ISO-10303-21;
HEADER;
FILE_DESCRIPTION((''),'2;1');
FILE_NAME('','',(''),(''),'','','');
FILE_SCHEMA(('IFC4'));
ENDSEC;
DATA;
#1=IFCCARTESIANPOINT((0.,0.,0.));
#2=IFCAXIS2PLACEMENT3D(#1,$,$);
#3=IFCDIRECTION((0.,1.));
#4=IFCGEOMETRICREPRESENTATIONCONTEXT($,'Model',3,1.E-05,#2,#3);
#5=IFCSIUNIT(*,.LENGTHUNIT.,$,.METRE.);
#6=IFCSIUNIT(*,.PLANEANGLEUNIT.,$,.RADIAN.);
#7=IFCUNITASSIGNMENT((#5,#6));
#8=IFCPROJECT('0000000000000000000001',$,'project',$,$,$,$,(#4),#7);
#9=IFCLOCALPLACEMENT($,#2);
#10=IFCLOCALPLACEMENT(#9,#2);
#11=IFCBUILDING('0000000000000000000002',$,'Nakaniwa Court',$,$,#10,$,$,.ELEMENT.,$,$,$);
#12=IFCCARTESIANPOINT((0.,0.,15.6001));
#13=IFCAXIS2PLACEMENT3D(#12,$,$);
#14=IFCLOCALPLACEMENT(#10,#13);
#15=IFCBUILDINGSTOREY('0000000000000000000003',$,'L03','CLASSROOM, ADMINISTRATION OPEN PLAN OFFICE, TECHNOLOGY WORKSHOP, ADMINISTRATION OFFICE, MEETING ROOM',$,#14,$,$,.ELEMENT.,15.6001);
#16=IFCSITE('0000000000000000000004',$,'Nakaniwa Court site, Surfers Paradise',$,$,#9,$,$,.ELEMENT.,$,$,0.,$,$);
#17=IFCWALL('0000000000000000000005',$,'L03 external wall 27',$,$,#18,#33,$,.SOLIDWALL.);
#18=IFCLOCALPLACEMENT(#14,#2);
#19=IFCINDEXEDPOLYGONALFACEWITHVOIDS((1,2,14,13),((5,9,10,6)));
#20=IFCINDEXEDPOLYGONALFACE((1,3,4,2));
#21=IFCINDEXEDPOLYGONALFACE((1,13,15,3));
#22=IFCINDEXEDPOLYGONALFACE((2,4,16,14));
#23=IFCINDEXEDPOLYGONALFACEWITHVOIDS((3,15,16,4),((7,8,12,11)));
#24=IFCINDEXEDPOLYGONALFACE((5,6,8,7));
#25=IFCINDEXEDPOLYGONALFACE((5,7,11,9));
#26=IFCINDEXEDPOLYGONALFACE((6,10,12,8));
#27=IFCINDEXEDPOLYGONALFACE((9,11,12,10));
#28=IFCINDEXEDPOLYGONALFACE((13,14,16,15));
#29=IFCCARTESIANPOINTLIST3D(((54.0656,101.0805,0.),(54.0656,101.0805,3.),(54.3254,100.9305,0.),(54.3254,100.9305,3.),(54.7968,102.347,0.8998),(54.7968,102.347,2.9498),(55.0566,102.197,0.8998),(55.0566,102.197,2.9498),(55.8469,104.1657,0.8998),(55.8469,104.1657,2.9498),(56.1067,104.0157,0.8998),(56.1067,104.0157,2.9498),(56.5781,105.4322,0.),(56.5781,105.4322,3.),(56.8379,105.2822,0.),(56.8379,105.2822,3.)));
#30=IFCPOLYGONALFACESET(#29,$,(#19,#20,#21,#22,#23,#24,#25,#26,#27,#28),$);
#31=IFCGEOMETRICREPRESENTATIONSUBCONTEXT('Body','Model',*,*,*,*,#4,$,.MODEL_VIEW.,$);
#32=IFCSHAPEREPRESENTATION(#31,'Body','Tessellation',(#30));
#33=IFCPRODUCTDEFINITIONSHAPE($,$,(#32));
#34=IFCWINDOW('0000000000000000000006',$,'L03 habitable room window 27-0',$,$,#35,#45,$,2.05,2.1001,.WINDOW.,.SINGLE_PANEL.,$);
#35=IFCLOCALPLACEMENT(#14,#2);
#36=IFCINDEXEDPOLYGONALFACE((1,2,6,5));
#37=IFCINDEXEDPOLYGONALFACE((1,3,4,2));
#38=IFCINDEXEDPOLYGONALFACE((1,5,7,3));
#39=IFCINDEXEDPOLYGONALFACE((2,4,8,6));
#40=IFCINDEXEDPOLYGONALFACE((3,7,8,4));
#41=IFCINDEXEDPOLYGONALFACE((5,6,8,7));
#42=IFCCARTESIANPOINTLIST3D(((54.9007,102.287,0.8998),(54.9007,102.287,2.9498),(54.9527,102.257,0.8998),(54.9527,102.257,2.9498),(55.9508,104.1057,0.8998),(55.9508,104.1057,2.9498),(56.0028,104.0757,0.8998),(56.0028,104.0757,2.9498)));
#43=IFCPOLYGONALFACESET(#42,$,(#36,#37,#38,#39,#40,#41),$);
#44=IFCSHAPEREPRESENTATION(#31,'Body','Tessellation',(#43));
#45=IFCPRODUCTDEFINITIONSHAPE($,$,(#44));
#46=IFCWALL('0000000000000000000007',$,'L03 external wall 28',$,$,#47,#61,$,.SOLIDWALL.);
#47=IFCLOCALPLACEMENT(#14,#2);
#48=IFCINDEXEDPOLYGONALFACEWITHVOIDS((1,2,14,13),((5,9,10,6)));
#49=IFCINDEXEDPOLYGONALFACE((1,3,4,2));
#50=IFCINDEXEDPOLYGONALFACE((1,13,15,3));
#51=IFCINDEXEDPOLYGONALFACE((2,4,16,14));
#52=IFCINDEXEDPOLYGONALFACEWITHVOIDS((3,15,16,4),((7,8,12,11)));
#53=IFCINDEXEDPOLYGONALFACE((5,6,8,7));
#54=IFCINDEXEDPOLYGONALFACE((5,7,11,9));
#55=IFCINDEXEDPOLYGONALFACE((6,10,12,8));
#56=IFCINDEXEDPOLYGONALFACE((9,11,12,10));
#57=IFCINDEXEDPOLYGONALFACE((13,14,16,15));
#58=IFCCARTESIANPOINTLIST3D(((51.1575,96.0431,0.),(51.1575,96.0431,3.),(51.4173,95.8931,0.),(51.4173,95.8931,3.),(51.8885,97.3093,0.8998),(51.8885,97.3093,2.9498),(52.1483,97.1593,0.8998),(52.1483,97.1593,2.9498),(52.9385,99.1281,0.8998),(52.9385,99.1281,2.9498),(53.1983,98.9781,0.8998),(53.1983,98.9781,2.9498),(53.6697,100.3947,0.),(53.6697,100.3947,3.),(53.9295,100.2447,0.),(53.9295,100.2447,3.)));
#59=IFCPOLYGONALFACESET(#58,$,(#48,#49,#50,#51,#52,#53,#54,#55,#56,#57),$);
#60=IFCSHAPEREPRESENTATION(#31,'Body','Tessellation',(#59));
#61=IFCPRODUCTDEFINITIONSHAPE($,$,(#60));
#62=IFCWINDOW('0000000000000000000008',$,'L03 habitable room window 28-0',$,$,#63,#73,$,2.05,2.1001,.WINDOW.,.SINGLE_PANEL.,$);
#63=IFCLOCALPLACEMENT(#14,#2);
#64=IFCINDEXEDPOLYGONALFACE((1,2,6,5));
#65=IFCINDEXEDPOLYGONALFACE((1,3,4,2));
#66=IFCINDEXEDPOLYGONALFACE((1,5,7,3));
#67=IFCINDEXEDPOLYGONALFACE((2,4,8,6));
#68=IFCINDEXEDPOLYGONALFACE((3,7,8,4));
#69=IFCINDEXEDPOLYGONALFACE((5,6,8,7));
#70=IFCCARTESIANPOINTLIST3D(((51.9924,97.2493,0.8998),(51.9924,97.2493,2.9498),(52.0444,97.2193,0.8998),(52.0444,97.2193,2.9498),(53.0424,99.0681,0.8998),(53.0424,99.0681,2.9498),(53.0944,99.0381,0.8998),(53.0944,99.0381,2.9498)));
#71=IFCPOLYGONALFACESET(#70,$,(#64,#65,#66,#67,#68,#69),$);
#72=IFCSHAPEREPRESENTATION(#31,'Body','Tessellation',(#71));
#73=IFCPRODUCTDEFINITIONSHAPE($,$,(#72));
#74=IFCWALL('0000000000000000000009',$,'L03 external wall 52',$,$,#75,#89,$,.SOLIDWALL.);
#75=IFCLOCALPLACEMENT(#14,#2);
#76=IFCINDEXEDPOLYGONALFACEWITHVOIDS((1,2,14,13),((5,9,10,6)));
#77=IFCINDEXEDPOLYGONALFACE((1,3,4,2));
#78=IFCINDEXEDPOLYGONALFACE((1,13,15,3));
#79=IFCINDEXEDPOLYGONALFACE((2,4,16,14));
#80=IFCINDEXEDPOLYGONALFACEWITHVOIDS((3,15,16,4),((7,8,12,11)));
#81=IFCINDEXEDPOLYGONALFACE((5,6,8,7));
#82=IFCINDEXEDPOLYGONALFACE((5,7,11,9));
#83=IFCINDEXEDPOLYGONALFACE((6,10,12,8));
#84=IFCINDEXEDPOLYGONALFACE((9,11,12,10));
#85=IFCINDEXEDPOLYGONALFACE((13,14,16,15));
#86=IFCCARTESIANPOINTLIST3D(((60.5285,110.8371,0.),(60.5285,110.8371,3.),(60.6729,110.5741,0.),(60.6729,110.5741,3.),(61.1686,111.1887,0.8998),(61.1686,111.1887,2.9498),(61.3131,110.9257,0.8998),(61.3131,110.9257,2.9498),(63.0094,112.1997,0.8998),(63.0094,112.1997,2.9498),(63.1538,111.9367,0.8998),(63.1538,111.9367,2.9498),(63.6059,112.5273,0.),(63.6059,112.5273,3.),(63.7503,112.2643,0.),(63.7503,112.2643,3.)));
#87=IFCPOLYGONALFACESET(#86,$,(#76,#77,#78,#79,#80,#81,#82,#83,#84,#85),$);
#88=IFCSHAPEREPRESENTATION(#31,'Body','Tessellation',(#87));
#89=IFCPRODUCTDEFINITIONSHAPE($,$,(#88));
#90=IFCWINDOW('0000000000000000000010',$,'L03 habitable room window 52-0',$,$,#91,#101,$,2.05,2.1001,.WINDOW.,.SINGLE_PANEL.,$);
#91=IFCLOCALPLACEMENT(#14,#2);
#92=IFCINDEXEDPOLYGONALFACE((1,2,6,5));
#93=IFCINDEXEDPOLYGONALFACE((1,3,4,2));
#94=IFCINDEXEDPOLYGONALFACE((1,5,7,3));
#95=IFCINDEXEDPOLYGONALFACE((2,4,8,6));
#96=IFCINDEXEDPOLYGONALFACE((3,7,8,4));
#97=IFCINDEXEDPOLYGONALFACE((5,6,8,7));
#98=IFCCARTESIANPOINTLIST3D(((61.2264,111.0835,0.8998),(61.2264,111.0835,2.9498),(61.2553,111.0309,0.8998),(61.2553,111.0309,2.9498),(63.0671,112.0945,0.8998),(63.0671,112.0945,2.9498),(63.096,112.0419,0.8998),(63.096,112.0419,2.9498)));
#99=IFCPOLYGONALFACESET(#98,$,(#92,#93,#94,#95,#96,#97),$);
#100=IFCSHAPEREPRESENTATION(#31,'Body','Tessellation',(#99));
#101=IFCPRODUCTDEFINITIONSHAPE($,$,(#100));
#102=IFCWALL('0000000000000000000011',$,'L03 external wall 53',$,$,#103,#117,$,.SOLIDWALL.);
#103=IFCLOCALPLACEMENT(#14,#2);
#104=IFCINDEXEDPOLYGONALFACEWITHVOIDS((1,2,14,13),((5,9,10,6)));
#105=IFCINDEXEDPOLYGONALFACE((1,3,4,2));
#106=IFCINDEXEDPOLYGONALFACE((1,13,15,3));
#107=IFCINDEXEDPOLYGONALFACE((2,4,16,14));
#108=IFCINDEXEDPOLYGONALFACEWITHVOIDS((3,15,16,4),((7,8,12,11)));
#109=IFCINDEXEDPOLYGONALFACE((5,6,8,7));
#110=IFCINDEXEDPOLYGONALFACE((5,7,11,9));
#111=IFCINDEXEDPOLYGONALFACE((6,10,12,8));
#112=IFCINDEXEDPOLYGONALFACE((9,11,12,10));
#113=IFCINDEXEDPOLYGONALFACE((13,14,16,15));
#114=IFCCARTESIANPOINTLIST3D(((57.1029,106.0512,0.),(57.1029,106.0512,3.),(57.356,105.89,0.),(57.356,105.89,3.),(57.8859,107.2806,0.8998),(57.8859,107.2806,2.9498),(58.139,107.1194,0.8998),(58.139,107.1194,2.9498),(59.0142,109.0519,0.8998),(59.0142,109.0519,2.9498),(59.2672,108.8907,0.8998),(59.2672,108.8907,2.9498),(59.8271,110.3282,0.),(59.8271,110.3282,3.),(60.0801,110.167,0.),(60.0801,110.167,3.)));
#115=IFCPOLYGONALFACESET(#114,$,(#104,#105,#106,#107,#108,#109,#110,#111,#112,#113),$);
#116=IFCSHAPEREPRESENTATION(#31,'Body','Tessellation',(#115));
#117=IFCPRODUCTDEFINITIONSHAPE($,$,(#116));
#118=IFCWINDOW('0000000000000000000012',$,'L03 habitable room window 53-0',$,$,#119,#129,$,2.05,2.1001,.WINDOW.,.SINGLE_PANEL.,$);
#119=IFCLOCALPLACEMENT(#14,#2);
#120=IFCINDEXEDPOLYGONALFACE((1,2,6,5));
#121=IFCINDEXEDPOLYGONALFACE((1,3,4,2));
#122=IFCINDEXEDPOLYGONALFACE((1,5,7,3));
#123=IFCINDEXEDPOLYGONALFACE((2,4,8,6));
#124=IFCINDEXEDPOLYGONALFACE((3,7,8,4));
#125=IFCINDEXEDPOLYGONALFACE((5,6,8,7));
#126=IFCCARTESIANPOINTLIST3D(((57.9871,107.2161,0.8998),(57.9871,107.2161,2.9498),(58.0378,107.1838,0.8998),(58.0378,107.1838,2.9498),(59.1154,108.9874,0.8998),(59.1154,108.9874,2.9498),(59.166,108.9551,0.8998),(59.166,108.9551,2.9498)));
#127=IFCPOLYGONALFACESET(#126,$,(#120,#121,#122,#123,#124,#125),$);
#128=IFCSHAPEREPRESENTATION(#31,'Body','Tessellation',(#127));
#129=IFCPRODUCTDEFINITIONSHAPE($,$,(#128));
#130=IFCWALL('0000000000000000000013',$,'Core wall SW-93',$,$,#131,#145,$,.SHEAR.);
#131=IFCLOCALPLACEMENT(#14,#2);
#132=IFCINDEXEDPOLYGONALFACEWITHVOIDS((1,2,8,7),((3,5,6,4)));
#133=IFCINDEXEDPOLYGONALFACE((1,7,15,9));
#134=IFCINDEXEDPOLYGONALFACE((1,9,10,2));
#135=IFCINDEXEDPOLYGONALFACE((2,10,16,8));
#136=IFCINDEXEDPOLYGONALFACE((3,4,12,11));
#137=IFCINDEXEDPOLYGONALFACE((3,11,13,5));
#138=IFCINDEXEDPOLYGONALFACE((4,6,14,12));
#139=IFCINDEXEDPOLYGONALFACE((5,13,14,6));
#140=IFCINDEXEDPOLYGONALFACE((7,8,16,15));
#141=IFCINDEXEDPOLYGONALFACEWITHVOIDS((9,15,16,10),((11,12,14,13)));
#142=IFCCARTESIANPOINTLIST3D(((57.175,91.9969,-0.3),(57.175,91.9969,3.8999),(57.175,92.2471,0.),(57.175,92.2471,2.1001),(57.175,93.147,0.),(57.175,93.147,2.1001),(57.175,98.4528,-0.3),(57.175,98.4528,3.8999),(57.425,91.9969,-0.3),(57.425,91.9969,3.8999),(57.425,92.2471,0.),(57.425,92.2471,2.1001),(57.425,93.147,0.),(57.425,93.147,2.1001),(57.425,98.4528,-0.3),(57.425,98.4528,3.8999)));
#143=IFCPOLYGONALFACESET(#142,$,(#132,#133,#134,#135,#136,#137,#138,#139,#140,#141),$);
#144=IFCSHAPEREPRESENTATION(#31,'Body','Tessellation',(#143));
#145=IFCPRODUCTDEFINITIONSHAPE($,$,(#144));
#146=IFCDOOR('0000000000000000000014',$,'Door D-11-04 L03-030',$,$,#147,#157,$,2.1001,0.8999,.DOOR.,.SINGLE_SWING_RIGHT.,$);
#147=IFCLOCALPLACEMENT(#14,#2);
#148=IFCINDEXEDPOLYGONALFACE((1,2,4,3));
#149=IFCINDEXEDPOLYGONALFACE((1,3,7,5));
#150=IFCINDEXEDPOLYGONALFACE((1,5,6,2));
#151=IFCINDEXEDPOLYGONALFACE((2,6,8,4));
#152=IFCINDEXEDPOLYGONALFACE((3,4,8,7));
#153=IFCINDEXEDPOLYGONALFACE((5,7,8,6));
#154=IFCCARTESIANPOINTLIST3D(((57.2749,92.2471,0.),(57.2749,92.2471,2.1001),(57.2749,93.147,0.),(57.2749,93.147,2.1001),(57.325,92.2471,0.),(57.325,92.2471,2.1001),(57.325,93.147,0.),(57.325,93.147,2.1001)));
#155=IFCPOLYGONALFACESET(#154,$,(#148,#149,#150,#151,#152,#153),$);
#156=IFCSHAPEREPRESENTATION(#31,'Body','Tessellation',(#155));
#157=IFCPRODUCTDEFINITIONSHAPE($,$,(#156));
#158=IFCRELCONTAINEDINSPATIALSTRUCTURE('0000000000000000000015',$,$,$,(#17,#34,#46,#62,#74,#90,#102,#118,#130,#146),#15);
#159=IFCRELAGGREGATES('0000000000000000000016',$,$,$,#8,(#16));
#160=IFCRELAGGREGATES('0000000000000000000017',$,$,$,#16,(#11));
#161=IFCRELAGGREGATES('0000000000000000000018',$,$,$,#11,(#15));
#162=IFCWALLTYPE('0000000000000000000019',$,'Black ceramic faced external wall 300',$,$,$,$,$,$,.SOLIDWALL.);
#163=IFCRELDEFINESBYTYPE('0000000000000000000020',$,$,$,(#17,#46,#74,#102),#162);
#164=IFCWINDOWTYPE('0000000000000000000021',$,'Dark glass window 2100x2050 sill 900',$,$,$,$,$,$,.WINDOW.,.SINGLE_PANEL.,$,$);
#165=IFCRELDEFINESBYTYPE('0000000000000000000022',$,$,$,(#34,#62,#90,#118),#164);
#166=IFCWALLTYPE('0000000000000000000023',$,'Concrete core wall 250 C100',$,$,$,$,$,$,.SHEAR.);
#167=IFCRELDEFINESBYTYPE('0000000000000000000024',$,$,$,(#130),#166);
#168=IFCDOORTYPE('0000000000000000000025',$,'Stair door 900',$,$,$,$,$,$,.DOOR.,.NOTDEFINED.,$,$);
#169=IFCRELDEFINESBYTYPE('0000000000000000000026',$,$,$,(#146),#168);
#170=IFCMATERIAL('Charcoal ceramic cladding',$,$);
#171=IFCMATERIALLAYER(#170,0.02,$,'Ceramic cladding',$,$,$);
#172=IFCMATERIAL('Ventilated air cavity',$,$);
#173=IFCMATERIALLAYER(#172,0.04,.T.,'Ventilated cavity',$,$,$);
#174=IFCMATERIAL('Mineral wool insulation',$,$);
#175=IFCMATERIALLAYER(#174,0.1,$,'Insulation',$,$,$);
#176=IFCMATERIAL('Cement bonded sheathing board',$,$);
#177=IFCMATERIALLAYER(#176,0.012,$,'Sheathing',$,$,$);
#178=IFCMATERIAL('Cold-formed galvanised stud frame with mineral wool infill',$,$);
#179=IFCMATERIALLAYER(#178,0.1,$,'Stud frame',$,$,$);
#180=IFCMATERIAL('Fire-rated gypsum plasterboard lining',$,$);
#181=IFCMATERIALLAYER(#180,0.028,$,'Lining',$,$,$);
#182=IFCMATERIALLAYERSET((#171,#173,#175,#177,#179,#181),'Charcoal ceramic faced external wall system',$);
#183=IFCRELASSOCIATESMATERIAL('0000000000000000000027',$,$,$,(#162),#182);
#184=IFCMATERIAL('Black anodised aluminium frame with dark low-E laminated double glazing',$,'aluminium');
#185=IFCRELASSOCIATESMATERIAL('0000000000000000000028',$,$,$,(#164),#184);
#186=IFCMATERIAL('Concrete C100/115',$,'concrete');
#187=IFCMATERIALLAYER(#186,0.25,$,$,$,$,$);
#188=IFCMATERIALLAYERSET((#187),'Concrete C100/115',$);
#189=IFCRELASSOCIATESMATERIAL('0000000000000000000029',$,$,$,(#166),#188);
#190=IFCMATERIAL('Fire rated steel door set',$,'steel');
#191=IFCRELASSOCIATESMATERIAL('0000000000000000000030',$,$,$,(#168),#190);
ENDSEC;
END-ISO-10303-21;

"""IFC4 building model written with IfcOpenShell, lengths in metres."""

from ifc_helpers import new_model, si_unit, direction, frame, frame_2d, origin, place, context, subcontext, project, spatial, rectangle, extrude, material, layer, layer_set, type_object, element, fill, save


model = new_model("IFC4")

# Units and contexts
model_context = context("Model", 3, precision=1e-05, world=origin(), true_north=direction((0.0, 1.0)))
body_context = subcontext(model_context, "Body", "Model", "MODEL_VIEW")
ifc_project = project(units=[si_unit("LENGTHUNIT", "METRE"), si_unit("PLANEANGLEUNIT", "RADIAN")], contexts=[model_context])

# Site, building, storey
site_placement = place(None, origin())
site = spatial("IfcSite", under=ifc_project, at=site_placement, Name="Nakaniwa Court site, Surfers Paradise", CompositionType="ELEMENT", RefElevation=0.0)
building_placement = place(site_placement, origin())
building = spatial("IfcBuilding", under=site, at=building_placement, Name="Nakaniwa Court", CompositionType="ELEMENT")
storey_placement = place(building_placement, frame((0.0, 0.0, 15.6001)))
storey = spatial("IfcBuildingStorey", under=building, at=storey_placement, Name="L03", Description="CLASSROOM, ADMINISTRATION OPEN PLAN OFFICE, TECHNOLOGY WORKSHOP, ADMINISTRATION OFFICE, MEETING ROOM", CompositionType="ELEMENT", Elevation=15.6001)

# Shared definitions
ifc_material_1 = material(Name="Concrete C100/115", Category="concrete")

# Walls, openings, windows
ifc_material_2 = material(Name="Charcoal ceramic cladding")
ifc_layer_1 = layer(ifc_material_2, 0.02, Name="Ceramic cladding")
ifc_material_3 = material(Name="Ventilated air cavity")
ifc_layer_2 = layer(ifc_material_3, 0.04, ventilated=True, Name="Ventilated cavity")
ifc_material_4 = material(Name="Mineral wool insulation")
ifc_layer_3 = layer(ifc_material_4, 0.1, Name="Insulation")
ifc_material_5 = material(Name="Cement bonded sheathing board")
ifc_layer_4 = layer(ifc_material_5, 0.012, Name="Sheathing")
ifc_material_6 = material(Name="Cold-formed galvanised stud frame with mineral wool infill")
ifc_layer_5 = layer(ifc_material_6, 0.1, Name="Stud frame")
ifc_material_7 = material(Name="Fire-rated gypsum plasterboard lining")
ifc_layer_6 = layer(ifc_material_7, 0.028, Name="Lining")
ifc_layer_set_1 = layer_set([ifc_layer_1, ifc_layer_2, ifc_layer_3, ifc_layer_4, ifc_layer_5, ifc_layer_6], Name="Charcoal ceramic faced external wall system")
wall_type_1 = type_object("IfcWallType", Name="Black ceramic faced external wall 300", PredefinedType="SOLIDWALL", material=ifc_layer_set_1)
wall_1_placement = place(storey_placement, frame((56.708, 105.3572, 0.0), z_axis=(0.0, 0.0, 1.0), x_axis=(-0.500011, -0.866019, 0.0)))
wall_1 = element("IfcWall", 1, at=wall_1_placement, inside=storey, type_object=wall_type_1, Name="L03 external wall 27", PredefinedType="SOLIDWALL", context=body_context, shape_type="SweptSolid", body=[
    extrude(rectangle(XDim=5.0249, YDim=0.3, at=frame_2d((2.5125, 0.0))), origin(), (0.0, 0.0, 1.0), 3.0),
])
opening_1_placement = place(wall_1_placement, frame((1.4624, 0.0, 0.8999)))
opening_1 = element("IfcOpeningElement", 2, at=opening_1_placement, cuts=wall_1, PredefinedType="OPENING", context=body_context, shape_type="SweptSolid", body=[
    extrude(rectangle(XDim=2.1001, YDim=2.05, at=frame_2d((1.05, 1.0249))), frame((0.0, 0.1599, 0.0), z_axis=(0.0, -1.0, 0.0), x_axis=(1.0, 0.0, 0.0)), (0.0, 0.0, 1.0), 0.3201),
])
ifc_material_8 = material(Name="Black anodised aluminium frame with dark low-E laminated double glazing", Category="aluminium")
window_type = type_object("IfcWindowType", Name="Dark glass window 2100x2050 sill 900", PartitioningType="SINGLE_PANEL", PredefinedType="WINDOW", material=ifc_material_8)
window_1_placement = place(opening_1_placement, origin())
window_1 = element("IfcWindow", 3, at=window_1_placement, inside=storey, type_object=window_type, Name="L03 habitable room window 27-0", OverallHeight=2.05, OverallWidth=2.1001, PartitioningType="SINGLE_PANEL", PredefinedType="WINDOW", context=body_context, shape_type="SweptSolid", body=[
    extrude(rectangle(XDim=2.1001, YDim=2.05, at=frame_2d((1.05, 1.0249))), frame((0.0, 0.03, 0.0), z_axis=(0.0, -1.0, 0.0), x_axis=(1.0, 0.0, 0.0)), (0.0, 0.0, 1.0), 0.0601),
])
fill(opening_1, window_1)
wall_2_placement = place(storey_placement, frame((53.7996, 100.3196, 0.0), z_axis=(0.0, 0.0, 1.0), x_axis=(-0.499975, -0.86604, 0.0)))
wall_2 = element("IfcWall", 4, at=wall_2_placement, inside=storey, type_object=wall_type_1, Name="L03 external wall 28", PredefinedType="SOLIDWALL", context=body_context, shape_type="SweptSolid", body=[
    extrude(rectangle(XDim=5.0247, YDim=0.3, at=frame_2d((2.5122, 0.0))), origin(), (0.0, 0.0, 1.0), 3.0),
])
opening_2_placement = place(wall_2_placement, frame((1.4624, 0.0, 0.8999)))
opening_2 = element("IfcOpeningElement", 5, at=opening_2_placement, cuts=wall_2, PredefinedType="OPENING", context=body_context, shape_type="SweptSolid", body=[
    extrude(rectangle(XDim=2.1001, YDim=2.05, at=frame_2d((1.05, 1.0249))), frame((0.0, 0.1599, 0.0), z_axis=(0.0, -1.0, 0.0), x_axis=(1.0, 0.0, 0.0)), (0.0, 0.0, 1.0), 0.3201),
])
window_2_placement = place(opening_2_placement, origin())
window_2 = element("IfcWindow", 6, at=window_2_placement, inside=storey, type_object=window_type, Name="L03 habitable room window 28-0", OverallHeight=2.05, OverallWidth=2.1001, PartitioningType="SINGLE_PANEL", PredefinedType="WINDOW", context=body_context, shape_type="SweptSolid", body=[
    extrude(rectangle(XDim=2.1001, YDim=2.05, at=frame_2d((1.05, 1.0249))), frame((0.0, 0.03, 0.0), z_axis=(0.0, -1.0, 0.0), x_axis=(1.0, 0.0, 0.0)), (0.0, 0.0, 1.0), 0.0601),
])
fill(opening_2, window_2)
wall_3_placement = place(storey_placement, frame((63.678, 112.3958, 0.0), z_axis=(0.0, 0.0, 1.0), x_axis=(-0.876502, -0.481398, 0.0)))
wall_3 = element("IfcWall", 7, at=wall_3_placement, inside=storey, type_object=wall_type_1, Name="L03 external wall 52", PredefinedType="SOLIDWALL", context=body_context, shape_type="SweptSolid", body=[
    extrude(rectangle(XDim=3.511, YDim=0.3, at=frame_2d((1.7554, 0.0))), origin(), (0.0, 0.0, 1.0), 3.0),
])
opening_3_placement = place(wall_3_placement, frame((0.6804, 0.0, 0.8999)))
opening_3 = element("IfcOpeningElement", 8, at=opening_3_placement, cuts=wall_3, PredefinedType="OPENING", context=body_context, shape_type="SweptSolid", body=[
    extrude(rectangle(XDim=2.1001, YDim=2.05, at=frame_2d((1.05, 1.0249))), frame((0.0, 0.1599, 0.0), z_axis=(0.0, -1.0, 0.0), x_axis=(1.0, 0.0, 0.0)), (0.0, 0.0, 1.0), 0.3201),
])
window_3_placement = place(opening_3_placement, origin())
window_3 = element("IfcWindow", 9, at=window_3_placement, inside=storey, type_object=window_type, Name="L03 habitable room window 52-0", OverallHeight=2.05, OverallWidth=2.1001, PartitioningType="SINGLE_PANEL", PredefinedType="WINDOW", context=body_context, shape_type="SweptSolid", body=[
    extrude(rectangle(XDim=2.1001, YDim=2.05, at=frame_2d((1.05, 1.0249))), frame((0.0, 0.03, 0.0), z_axis=(0.0, -1.0, 0.0), x_axis=(1.0, 0.0, 0.0)), (0.0, 0.0, 1.0), 0.0601),
])
fill(opening_3, window_3)
wall_4_placement = place(storey_placement, frame((59.9536, 110.2476, 0.0), z_axis=(0.0, 0.0, 1.0), x_axis=(-0.537224, -0.843439, 0.0)))
wall_4 = element("IfcWall", 10, at=wall_4_placement, inside=storey, type_object=wall_type_1, Name="L03 external wall 53", PredefinedType="SOLIDWALL", context=body_context, shape_type="SweptSolid", body=[
    extrude(rectangle(XDim=5.0708, YDim=0.3, at=frame_2d((2.5354, 0.0))), origin(), (0.0, 0.0, 1.0), 3.0),
])
opening_4_placement = place(wall_4_placement, frame((1.5132, 0.0, 0.8999)))
opening_4 = element("IfcOpeningElement", 11, at=opening_4_placement, cuts=wall_4, PredefinedType="OPENING", context=body_context, shape_type="SweptSolid", body=[
    extrude(rectangle(XDim=2.1001, YDim=2.05, at=frame_2d((1.05, 1.0249))), frame((0.0, 0.1599, 0.0), z_axis=(0.0, -1.0, 0.0), x_axis=(1.0, 0.0, 0.0)), (0.0, 0.0, 1.0), 0.3201),
])
window_4_placement = place(opening_4_placement, origin())
window_4 = element("IfcWindow", 12, at=window_4_placement, inside=storey, type_object=window_type, Name="L03 habitable room window 53-0", OverallHeight=2.05, OverallWidth=2.1001, PartitioningType="SINGLE_PANEL", PredefinedType="WINDOW", context=body_context, shape_type="SweptSolid", body=[
    extrude(rectangle(XDim=2.1001, YDim=2.05, at=frame_2d((1.05, 1.0249))), frame((0.0, 0.03, 0.0), z_axis=(0.0, -1.0, 0.0), x_axis=(1.0, 0.0, 0.0)), (0.0, 0.0, 1.0), 0.0601),
])
fill(opening_4, window_4)

# Wall, opening, door
ifc_layer_7 = layer(ifc_material_1, 0.25)
ifc_layer_set_2 = layer_set([ifc_layer_7], Name="Concrete C100/115")
wall_type_2 = type_object("IfcWallType", Name="Concrete core wall 250 C100", PredefinedType="SHEAR", material=ifc_layer_set_2)
wall_5_placement = place(storey_placement, frame((57.3, 98.4529, -0.3), z_axis=(0.0, 0.0, 1.0), x_axis=(0.0, -1.0, 0.0)))
wall_5 = element("IfcWall", 13, at=wall_5_placement, inside=storey, type_object=wall_type_2, Name="Core wall SW-93", PredefinedType="SHEAR", context=body_context, shape_type="SweptSolid", body=[
    extrude(rectangle(XDim=6.4558, YDim=0.25, at=frame_2d((3.228, 0.0))), origin(), (0.0, 0.0, 1.0), 4.2),
])
opening_5_placement = place(wall_5_placement, frame((5.3059, 0.0, 0.3)))
opening_5 = element("IfcOpeningElement", 14, at=opening_5_placement, cuts=wall_5, PredefinedType="OPENING", context=body_context, shape_type="SweptSolid", body=[
    extrude(rectangle(XDim=0.8999, YDim=2.1001, at=frame_2d((0.45, 1.05))), frame((0.0, 0.135, 0.0), z_axis=(0.0, -1.0, 0.0), x_axis=(1.0, 0.0, 0.0)), (0.0, 0.0, 1.0), 0.27),
])
ifc_material_9 = material(Name="Fire rated steel door set", Category="steel")
door_type_1 = type_object("IfcDoorType", Name="Stair door 900", OperationType="NOTDEFINED", PredefinedType="DOOR", material=ifc_material_9)
door_1_placement = place(opening_5_placement, origin())
door_1 = element("IfcDoor", 15, at=door_1_placement, inside=storey, type_object=door_type_1, Name="Door D-11-04 L03-030", OperationType="SINGLE_SWING_RIGHT", OverallHeight=2.1001, OverallWidth=0.8999, PredefinedType="DOOR", context=body_context, shape_type="SweptSolid", body=[
    extrude(rectangle(XDim=0.8999, YDim=2.1001, at=frame_2d((0.45, 1.05))), frame((0.0, 0.0249, 0.0), z_axis=(0.0, -1.0, 0.0), x_axis=(1.0, 0.0, 0.0)), (0.0, 0.0, 1.0), 0.05),
])
fill(opening_5, door_1)

save(model, "model.ifc")
